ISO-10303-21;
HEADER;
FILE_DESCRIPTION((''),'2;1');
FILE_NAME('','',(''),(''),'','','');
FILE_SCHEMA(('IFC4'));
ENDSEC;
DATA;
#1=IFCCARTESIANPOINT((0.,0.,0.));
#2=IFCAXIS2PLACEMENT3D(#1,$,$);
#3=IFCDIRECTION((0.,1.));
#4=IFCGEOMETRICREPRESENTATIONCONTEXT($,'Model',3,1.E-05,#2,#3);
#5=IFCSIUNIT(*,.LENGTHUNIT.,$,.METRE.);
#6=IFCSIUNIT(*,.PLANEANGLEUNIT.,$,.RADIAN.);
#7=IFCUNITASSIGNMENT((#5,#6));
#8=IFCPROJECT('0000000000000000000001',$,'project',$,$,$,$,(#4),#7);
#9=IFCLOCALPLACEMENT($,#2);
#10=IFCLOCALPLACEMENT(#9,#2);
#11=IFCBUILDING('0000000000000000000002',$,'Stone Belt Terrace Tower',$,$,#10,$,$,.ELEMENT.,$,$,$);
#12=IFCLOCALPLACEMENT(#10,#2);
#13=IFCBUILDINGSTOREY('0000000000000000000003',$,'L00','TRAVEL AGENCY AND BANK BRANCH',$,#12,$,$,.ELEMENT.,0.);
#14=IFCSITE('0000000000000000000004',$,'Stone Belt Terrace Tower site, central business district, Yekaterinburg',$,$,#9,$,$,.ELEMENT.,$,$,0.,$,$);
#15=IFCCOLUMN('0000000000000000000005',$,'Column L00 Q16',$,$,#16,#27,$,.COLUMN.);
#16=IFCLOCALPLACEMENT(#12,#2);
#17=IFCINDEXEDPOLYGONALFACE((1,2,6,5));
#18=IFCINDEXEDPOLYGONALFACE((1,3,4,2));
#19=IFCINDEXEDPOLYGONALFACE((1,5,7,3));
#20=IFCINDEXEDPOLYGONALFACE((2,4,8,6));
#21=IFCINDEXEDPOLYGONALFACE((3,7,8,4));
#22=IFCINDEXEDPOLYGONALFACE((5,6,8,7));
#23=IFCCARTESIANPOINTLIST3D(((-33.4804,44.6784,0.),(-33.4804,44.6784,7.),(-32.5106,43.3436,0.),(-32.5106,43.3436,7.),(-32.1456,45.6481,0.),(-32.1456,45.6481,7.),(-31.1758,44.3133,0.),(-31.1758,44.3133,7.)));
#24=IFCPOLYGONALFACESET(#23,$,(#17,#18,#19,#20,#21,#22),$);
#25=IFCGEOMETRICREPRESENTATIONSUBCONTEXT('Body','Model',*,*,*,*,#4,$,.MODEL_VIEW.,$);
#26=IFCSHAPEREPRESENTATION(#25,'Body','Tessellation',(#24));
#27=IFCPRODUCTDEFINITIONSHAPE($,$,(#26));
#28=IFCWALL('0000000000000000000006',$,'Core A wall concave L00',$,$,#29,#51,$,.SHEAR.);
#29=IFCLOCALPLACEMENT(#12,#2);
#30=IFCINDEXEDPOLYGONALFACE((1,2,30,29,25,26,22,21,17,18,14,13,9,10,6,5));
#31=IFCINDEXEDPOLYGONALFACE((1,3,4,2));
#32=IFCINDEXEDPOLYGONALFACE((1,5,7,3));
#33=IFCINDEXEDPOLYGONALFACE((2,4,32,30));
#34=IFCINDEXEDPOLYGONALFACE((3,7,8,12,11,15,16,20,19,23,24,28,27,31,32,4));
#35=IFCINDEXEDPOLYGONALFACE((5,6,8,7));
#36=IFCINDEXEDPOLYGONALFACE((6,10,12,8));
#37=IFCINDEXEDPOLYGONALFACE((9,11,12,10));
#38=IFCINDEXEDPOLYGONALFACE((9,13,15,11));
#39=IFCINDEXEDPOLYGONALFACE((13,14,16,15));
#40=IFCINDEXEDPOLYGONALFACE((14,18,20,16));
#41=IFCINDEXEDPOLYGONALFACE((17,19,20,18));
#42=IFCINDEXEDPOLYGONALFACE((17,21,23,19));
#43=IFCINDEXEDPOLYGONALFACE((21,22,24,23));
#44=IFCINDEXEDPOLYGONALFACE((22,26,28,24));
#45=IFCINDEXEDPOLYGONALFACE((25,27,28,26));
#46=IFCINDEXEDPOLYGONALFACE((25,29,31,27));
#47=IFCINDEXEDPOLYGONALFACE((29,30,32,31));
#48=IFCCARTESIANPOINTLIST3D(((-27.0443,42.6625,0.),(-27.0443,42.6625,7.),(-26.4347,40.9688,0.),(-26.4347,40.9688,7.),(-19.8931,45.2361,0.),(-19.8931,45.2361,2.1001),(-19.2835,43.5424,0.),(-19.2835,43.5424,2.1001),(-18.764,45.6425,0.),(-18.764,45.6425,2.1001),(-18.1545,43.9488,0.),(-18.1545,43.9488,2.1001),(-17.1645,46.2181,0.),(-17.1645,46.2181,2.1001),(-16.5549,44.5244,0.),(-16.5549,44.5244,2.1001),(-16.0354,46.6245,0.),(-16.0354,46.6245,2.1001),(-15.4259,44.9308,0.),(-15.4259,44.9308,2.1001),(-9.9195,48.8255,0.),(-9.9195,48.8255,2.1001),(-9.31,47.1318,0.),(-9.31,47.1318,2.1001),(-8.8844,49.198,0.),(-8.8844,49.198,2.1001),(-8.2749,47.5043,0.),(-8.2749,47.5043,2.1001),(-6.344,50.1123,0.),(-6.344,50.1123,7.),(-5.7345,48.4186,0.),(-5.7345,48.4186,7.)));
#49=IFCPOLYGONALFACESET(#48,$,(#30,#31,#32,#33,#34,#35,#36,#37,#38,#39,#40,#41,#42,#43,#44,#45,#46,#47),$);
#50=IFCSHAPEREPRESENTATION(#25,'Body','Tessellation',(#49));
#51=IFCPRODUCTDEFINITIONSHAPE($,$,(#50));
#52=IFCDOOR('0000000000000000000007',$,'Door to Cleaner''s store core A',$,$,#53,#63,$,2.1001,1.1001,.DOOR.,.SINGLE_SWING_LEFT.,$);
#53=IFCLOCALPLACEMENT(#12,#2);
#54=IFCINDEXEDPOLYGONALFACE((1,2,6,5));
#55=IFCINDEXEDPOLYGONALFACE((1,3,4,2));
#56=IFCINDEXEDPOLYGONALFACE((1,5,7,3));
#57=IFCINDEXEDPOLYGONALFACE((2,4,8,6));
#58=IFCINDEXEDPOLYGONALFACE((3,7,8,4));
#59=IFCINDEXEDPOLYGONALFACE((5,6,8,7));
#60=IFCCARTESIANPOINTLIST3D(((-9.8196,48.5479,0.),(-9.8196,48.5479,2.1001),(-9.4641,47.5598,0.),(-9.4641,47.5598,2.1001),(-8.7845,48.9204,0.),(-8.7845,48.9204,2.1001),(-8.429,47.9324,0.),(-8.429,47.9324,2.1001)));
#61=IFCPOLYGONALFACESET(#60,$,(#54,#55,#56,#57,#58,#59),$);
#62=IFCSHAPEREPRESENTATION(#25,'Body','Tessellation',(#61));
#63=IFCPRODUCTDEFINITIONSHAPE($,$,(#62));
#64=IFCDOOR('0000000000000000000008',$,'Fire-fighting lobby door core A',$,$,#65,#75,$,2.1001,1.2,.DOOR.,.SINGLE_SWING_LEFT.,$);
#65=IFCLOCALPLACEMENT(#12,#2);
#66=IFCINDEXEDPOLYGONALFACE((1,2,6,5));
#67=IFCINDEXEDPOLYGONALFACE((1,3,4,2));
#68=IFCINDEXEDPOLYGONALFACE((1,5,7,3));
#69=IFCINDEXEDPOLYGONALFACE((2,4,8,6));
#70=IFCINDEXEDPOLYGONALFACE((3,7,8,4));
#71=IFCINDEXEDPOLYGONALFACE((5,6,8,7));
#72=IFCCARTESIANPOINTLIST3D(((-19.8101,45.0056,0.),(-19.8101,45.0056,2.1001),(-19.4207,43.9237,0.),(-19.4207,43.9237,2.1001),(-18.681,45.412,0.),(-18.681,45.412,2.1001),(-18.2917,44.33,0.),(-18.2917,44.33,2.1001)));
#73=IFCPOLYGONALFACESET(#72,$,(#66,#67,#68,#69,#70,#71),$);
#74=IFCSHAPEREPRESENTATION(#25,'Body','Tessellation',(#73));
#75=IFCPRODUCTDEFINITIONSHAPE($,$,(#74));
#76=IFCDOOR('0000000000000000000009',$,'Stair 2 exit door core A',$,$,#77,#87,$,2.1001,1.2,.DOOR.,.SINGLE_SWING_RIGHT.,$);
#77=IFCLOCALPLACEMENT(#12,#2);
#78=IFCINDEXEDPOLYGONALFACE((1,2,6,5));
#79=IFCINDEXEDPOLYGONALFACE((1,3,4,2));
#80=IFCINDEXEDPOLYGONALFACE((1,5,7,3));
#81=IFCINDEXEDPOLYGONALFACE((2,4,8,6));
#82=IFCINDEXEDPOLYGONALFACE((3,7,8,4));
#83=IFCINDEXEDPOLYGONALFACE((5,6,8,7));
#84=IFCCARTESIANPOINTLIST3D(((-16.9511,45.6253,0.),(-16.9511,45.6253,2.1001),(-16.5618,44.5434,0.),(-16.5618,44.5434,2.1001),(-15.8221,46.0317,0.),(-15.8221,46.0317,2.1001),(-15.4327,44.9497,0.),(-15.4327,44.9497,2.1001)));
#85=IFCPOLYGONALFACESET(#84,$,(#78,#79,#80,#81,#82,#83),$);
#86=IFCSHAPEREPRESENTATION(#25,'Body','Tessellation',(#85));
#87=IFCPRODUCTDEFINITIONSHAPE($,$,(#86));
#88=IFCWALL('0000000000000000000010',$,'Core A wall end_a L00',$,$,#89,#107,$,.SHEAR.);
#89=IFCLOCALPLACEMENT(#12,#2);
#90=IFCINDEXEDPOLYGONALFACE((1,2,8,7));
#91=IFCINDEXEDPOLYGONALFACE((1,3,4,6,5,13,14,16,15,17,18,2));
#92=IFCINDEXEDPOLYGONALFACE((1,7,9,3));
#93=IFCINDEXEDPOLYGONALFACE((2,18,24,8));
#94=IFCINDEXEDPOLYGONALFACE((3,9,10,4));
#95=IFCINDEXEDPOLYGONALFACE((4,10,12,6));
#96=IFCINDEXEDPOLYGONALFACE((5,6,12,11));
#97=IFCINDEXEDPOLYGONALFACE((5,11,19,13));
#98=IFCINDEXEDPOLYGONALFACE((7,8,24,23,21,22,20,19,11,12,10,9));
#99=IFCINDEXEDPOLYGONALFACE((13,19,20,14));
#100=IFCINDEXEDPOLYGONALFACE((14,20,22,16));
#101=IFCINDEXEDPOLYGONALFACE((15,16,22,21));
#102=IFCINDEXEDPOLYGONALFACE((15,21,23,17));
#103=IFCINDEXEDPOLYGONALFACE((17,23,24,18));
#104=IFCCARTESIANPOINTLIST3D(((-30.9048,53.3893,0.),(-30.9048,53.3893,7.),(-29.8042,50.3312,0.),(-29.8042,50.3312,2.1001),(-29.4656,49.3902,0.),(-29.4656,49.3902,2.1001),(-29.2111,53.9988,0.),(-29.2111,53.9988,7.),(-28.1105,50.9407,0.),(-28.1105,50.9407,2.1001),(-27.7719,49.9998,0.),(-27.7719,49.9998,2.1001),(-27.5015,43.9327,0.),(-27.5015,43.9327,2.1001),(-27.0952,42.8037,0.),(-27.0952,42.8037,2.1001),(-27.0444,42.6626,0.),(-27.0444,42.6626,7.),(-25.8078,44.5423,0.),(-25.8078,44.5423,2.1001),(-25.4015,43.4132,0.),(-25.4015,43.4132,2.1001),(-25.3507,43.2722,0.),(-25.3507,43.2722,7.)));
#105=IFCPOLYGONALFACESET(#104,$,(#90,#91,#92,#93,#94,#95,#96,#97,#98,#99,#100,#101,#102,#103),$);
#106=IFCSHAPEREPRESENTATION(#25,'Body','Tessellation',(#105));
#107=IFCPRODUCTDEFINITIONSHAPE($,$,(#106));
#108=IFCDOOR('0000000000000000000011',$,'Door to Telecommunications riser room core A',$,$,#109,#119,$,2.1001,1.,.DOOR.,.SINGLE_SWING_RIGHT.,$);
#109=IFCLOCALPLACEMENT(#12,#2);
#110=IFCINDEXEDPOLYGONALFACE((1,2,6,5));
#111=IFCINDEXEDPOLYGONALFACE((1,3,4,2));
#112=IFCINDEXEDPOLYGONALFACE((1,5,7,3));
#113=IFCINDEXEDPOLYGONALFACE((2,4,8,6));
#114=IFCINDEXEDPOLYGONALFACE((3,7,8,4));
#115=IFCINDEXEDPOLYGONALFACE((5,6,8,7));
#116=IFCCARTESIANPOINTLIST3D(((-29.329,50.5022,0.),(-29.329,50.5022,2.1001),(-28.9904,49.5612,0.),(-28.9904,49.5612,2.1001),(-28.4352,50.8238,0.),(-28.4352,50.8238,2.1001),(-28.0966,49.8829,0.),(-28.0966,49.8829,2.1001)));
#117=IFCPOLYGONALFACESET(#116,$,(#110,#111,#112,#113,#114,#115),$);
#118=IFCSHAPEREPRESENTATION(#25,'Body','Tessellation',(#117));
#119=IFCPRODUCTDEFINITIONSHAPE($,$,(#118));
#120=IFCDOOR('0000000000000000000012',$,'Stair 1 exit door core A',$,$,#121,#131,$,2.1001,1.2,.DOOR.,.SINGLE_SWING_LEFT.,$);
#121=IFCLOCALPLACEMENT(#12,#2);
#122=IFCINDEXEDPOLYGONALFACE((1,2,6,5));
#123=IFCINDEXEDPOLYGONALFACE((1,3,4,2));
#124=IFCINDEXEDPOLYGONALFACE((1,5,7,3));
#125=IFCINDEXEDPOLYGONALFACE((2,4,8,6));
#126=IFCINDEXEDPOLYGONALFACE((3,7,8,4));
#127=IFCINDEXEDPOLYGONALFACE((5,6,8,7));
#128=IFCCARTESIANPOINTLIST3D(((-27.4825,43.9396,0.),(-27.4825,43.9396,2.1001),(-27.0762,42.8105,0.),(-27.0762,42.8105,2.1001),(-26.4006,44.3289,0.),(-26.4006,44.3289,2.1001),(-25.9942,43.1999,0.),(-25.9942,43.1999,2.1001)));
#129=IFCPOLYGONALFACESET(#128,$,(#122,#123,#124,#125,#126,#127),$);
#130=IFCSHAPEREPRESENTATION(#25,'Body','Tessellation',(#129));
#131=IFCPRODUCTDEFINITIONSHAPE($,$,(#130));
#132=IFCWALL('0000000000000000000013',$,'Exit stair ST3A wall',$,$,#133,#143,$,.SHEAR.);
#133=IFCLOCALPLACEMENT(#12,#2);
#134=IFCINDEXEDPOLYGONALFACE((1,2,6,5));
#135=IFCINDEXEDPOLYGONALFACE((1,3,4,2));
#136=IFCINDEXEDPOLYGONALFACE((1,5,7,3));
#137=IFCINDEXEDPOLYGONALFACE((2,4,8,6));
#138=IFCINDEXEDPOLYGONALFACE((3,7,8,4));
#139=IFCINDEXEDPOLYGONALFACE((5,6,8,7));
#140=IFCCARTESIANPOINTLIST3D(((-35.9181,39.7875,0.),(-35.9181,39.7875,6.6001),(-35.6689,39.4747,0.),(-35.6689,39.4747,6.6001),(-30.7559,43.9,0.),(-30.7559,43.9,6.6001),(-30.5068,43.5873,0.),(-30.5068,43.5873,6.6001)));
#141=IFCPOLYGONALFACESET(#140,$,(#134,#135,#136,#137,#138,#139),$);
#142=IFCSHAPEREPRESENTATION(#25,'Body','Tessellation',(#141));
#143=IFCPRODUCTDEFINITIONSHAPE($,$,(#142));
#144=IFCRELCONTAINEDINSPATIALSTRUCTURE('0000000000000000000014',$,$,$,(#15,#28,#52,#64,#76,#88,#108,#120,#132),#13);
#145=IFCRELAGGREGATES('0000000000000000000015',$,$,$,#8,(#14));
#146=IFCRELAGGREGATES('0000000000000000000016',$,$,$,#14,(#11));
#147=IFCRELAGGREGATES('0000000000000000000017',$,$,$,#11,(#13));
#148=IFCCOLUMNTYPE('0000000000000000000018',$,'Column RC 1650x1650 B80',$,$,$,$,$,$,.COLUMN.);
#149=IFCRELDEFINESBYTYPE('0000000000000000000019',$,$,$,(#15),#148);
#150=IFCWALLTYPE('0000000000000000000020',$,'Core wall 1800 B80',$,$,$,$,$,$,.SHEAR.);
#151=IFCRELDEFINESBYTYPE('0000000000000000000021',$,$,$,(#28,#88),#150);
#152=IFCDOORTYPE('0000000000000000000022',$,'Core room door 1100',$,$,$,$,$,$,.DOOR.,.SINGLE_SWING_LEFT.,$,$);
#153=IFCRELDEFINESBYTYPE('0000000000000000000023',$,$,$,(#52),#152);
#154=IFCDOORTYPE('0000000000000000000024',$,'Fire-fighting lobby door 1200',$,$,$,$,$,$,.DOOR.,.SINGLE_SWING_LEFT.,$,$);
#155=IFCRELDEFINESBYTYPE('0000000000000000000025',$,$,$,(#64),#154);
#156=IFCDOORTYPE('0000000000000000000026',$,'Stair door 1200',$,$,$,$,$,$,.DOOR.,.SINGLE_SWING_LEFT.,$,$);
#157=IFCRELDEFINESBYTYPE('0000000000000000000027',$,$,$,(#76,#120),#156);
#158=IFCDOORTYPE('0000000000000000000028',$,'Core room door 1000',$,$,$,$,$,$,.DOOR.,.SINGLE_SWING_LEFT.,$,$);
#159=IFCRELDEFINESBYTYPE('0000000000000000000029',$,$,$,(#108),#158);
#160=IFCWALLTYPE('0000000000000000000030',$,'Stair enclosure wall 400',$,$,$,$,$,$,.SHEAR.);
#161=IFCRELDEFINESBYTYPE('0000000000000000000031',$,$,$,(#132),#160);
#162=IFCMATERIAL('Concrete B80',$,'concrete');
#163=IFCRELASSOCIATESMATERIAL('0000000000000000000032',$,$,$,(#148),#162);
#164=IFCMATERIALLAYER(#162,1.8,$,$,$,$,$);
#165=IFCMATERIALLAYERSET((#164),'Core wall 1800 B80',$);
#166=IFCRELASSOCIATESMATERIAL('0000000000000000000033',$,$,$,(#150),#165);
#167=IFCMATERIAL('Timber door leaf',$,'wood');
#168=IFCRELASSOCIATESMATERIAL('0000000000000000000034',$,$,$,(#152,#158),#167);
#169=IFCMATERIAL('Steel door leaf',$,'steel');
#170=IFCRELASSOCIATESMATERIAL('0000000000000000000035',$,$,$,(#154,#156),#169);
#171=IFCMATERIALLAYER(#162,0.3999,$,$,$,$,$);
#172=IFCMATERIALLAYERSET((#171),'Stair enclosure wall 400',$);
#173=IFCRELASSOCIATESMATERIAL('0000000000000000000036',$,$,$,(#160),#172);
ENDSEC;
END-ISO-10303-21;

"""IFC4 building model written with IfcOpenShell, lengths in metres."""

from ifc_helpers import new_model, si_unit, direction, frame, frame_2d, origin, origin_2d, place, context, subcontext, project, spatial, rectangle, extrude, material, layer, layer_set, material_profile, profile_set, type_object, element, fill, save


model = new_model("IFC4")

# Units and contexts
model_context = context("Model", 3, precision=1e-05, world=origin(), true_north=direction((0.0, 1.0)))
body_context = subcontext(model_context, "Body", "Model", "MODEL_VIEW")
ifc_project = project(units=[si_unit("LENGTHUNIT", "METRE"), si_unit("PLANEANGLEUNIT", "RADIAN")], contexts=[model_context])

# Site, building, storey
site_placement = place(None, origin())
site = spatial("IfcSite", under=ifc_project, at=site_placement, Name="Stone Belt Terrace Tower site, central business district, Yekaterinburg", CompositionType="ELEMENT", RefElevation=0.0)
building_placement = place(site_placement, origin())
building = spatial("IfcBuilding", under=site, at=building_placement, Name="Stone Belt Terrace Tower", CompositionType="ELEMENT")
storey_placement = place(building_placement, origin())
storey = spatial("IfcBuildingStorey", under=building, at=storey_placement, Name="L00", Description="TRAVEL AGENCY AND BANK BRANCH", CompositionType="ELEMENT", Elevation=0.0)

# Column
ifc_material_1 = material(Name="Concrete B80", Category="concrete")
ifc_material_profile = material_profile(ifc_material_1, rectangle(XDim=1.6499, YDim=1.6499, at=origin_2d()), Name="RC 1650x1650")
ifc_profile_set = profile_set([ifc_material_profile], Name="Concrete B80")
column_type = type_object("IfcColumnType", Name="Column RC 1650x1650 B80", PredefinedType="COLUMN", material=ifc_profile_set)
column_placement = place(storey_placement, frame((-32.3281, 44.4958, 0.0), z_axis=(0.0, 0.0, 1.0), x_axis=(0.809017, 0.587785, 0.0)))
element("IfcColumn", 1, at=column_placement, inside=storey, type_object=column_type, Name="Column L00 Q16", PredefinedType="COLUMN", context=body_context, shape_type="SweptSolid", body=[
    extrude(rectangle(XDim=1.6499, YDim=1.6499, at=origin_2d()), origin(), (0.0, 0.0, 1.0), 7.0),
])

# Walls, openings, doors
ifc_layer_1 = layer(ifc_material_1, 1.8)
ifc_layer_set_1 = layer_set([ifc_layer_1], Name="Core wall 1800 B80")
wall_type_1 = type_object("IfcWallType", Name="Core wall 1800 B80", PredefinedType="SHEAR", material=ifc_layer_set_1)
wall_1_placement = place(storey_placement, frame((-26.7395, 41.8157, 0.0), z_axis=(0.0, 0.0, 1.0), x_axis=(0.940922, 0.338624, 0.0)))
wall_1 = element("IfcWall", 2, at=wall_1_placement, inside=storey, type_object=wall_type_1, Name="Core A wall concave L00", PredefinedType="SHEAR", context=body_context, shape_type="SweptSolid", body=[
    extrude(rectangle(XDim=22.0, YDim=1.8, at=frame_2d((11.0, 0.0))), origin(), (0.0, 0.0, 1.0), 7.0),
])
opening_1_placement = place(wall_1_placement, frame((7.6001, 0.0, 0.0)))
opening_1 = element("IfcOpeningElement", 3, at=opening_1_placement, cuts=wall_1, PredefinedType="OPENING", context=body_context, shape_type="SweptSolid", body=[
    extrude(rectangle(XDim=1.2, YDim=2.1001, at=frame_2d((0.6001, 1.05))), frame((0.0, 0.9099, 0.0), z_axis=(0.0, -1.0, 0.0), x_axis=(1.0, 0.0, 0.0)), (0.0, 0.0, 1.0), 1.8201),
])
opening_2_placement = place(wall_1_placement, frame((10.5, 0.0, 0.0)))
opening_2 = element("IfcOpeningElement", 4, at=opening_2_placement, cuts=wall_1, PredefinedType="OPENING", context=body_context, shape_type="SweptSolid", body=[
    extrude(rectangle(XDim=1.2, YDim=2.1001, at=frame_2d((0.6001, 1.05))), frame((0.0, 0.9099, 0.0), z_axis=(0.0, -1.0, 0.0), x_axis=(1.0, 0.0, 0.0)), (0.0, 0.0, 1.0), 1.8201),
])
opening_3_placement = place(wall_1_placement, frame((18.2, 0.0, 0.0)))
opening_3 = element("IfcOpeningElement", 5, at=opening_3_placement, cuts=wall_1, PredefinedType="OPENING", context=body_context, shape_type="SweptSolid", body=[
    extrude(rectangle(XDim=1.1001, YDim=2.1001, at=frame_2d((0.55, 1.05))), frame((0.0, 0.9099, 0.0), z_axis=(0.0, -1.0, 0.0), x_axis=(1.0, 0.0, 0.0)), (0.0, 0.0, 1.0), 1.8201),
])
ifc_material_2 = material(Name="Timber door leaf", Category="wood")
door_type_1 = type_object("IfcDoorType", Name="Core room door 1100", OperationType="SINGLE_SWING_LEFT", PredefinedType="DOOR", material=ifc_material_2)
door_1_placement = place(opening_3_placement, origin())
door_1 = element("IfcDoor", 6, at=door_1_placement, inside=storey, type_object=door_type_1, Name="Door to Cleaner's store core A", OperationType="SINGLE_SWING_LEFT", OverallHeight=2.1001, OverallWidth=1.1001, PredefinedType="DOOR", context=body_context, shape_type="SweptSolid", body=[
    extrude(rectangle(XDim=1.1001, YDim=2.1001, at=frame_2d((0.55, 1.05))), frame((0.0, 0.605, 0.0), z_axis=(0.0, -1.0, 0.0), x_axis=(1.0, 0.0, 0.0)), (0.0, 0.0, 1.0), 1.05),
])
fill(opening_3, door_1)
ifc_material_3 = material(Name="Steel door leaf", Category="steel")
door_type_2 = type_object("IfcDoorType", Name="Fire-fighting lobby door 1200", OperationType="SINGLE_SWING_LEFT", PredefinedType="DOOR", material=ifc_material_3)
door_2_placement = place(opening_1_placement, origin())
door_2 = element("IfcDoor", 7, at=door_2_placement, inside=storey, type_object=door_type_2, Name="Fire-fighting lobby door core A", OperationType="SINGLE_SWING_LEFT", OverallHeight=2.1001, OverallWidth=1.2, PredefinedType="DOOR", context=body_context, shape_type="SweptSolid", body=[
    extrude(rectangle(XDim=1.2, YDim=2.1001, at=frame_2d((0.6001, 1.05))), frame((0.0, 0.655, 0.0), z_axis=(0.0, -1.0, 0.0), x_axis=(1.0, 0.0, 0.0)), (0.0, 0.0, 1.0), 1.1499),
])
fill(opening_1, door_2)
door_type_3 = type_object("IfcDoorType", Name="Stair door 1200", OperationType="SINGLE_SWING_LEFT", PredefinedType="DOOR", material=ifc_material_3)
door_3_placement = place(opening_2_placement, origin())
door_3 = element("IfcDoor", 8, at=door_3_placement, inside=storey, type_object=door_type_3, Name="Stair 2 exit door core A", OperationType="SINGLE_SWING_RIGHT", OverallHeight=2.1001, OverallWidth=1.2, PredefinedType="DOOR", context=body_context, shape_type="SweptSolid", body=[
    extrude(rectangle(XDim=1.2, YDim=2.1001, at=frame_2d((0.6001, 1.05))), frame((0.0, 0.27, 0.0), z_axis=(0.0, -1.0, 0.0), x_axis=(1.0, 0.0, 0.0)), (0.0, 0.0, 1.0), 1.1499),
])
fill(opening_2, door_3)
wall_2_placement = place(storey_placement, frame((-26.1975, 42.9673, 0.0), z_axis=(0.0, 0.0, 1.0), x_axis=(-0.338625, 0.940921, 0.0)))
wall_2 = element("IfcWall", 9, at=wall_2_placement, inside=storey, type_object=wall_type_1, Name="Core A wall end_a L00", PredefinedType="SHEAR", context=body_context, shape_type="SweptSolid", body=[
    extrude(rectangle(XDim=11.4001, YDim=1.8, at=frame_2d((5.7002, 0.0))), origin(), (0.0, 0.0, 1.0), 7.0),
])
opening_4_placement = place(wall_2_placement, frame((7.1501, 0.0, 0.0)))
opening_4 = element("IfcOpeningElement", 10, at=opening_4_placement, cuts=wall_2, PredefinedType="OPENING", context=body_context, shape_type="SweptSolid", body=[
    extrude(rectangle(XDim=1.0, YDim=2.1001, at=frame_2d((0.5, 1.05))), frame((0.0, 0.9099, 0.0), z_axis=(0.0, -1.0, 0.0), x_axis=(1.0, 0.0, 0.0)), (0.0, 0.0, 1.0), 1.8201),
])
opening_5_placement = place(wall_2_placement, frame((0.1499, 0.0, 0.0)))
opening_5 = element("IfcOpeningElement", 11, at=opening_5_placement, cuts=wall_2, PredefinedType="OPENING", context=body_context, shape_type="SweptSolid", body=[
    extrude(rectangle(XDim=1.2, YDim=2.1001, at=frame_2d((0.6001, 1.05))), frame((0.0, 0.9099, 0.0), z_axis=(0.0, -1.0, 0.0), x_axis=(1.0, 0.0, 0.0)), (0.0, 0.0, 1.0), 1.8201),
])
door_type_4 = type_object("IfcDoorType", Name="Core room door 1000", OperationType="SINGLE_SWING_LEFT", PredefinedType="DOOR", material=ifc_material_2)
door_4_placement = place(opening_4_placement, origin())
door_4 = element("IfcDoor", 12, at=door_4_placement, inside=storey, type_object=door_type_4, Name="Door to Telecommunications riser room core A", OperationType="SINGLE_SWING_RIGHT", OverallHeight=2.1001, OverallWidth=1.0, PredefinedType="DOOR", context=body_context, shape_type="SweptSolid", body=[
    extrude(rectangle(XDim=1.0, YDim=2.1001, at=frame_2d((0.5, 1.05))), frame((0.0, 0.395, 0.0), z_axis=(0.0, -1.0, 0.0), x_axis=(1.0, 0.0, 0.0)), (0.0, 0.0, 1.0), 0.95),
])
fill(opening_4, door_4)
door_5_placement = place(opening_5_placement, origin())
door_5 = element("IfcDoor", 13, at=door_5_placement, inside=storey, type_object=door_type_3, Name="Stair 1 exit door core A", OperationType="SINGLE_SWING_LEFT", OverallHeight=2.1001, OverallWidth=1.2, PredefinedType="DOOR", context=body_context, shape_type="SweptSolid", body=[
    extrude(rectangle(XDim=1.2, YDim=2.1001, at=frame_2d((0.6001, 1.05))), frame((0.0, 0.8799, 0.0), z_axis=(0.0, -1.0, 0.0), x_axis=(1.0, 0.0, 0.0)), (0.0, 0.0, 1.0), 1.1499),
])
fill(opening_5, door_5)

# Wall
ifc_layer_2 = layer(ifc_material_1, 0.3999)
ifc_layer_set_2 = layer_set([ifc_layer_2], Name="Stair enclosure wall 400")
wall_type_2 = type_object("IfcWallType", Name="Stair enclosure wall 400", PredefinedType="SHEAR", material=ifc_layer_set_2)
wall_3_placement = place(storey_placement, frame((-30.6313, 43.7437, 0.0), z_axis=(0.0, 0.0, 1.0), x_axis=(-0.782134, -0.62311, 0.0)))
element("IfcWall", 14, at=wall_3_placement, inside=storey, type_object=wall_type_2, Name="Exit stair ST3A wall", PredefinedType="SHEAR", context=body_context, shape_type="SweptSolid", body=[
    extrude(rectangle(XDim=6.6001, YDim=0.3999, at=frame_2d((3.3, 0.0))), origin(), (0.0, 0.0, 1.0), 6.6001),
])

save(model, "model.ifc")
